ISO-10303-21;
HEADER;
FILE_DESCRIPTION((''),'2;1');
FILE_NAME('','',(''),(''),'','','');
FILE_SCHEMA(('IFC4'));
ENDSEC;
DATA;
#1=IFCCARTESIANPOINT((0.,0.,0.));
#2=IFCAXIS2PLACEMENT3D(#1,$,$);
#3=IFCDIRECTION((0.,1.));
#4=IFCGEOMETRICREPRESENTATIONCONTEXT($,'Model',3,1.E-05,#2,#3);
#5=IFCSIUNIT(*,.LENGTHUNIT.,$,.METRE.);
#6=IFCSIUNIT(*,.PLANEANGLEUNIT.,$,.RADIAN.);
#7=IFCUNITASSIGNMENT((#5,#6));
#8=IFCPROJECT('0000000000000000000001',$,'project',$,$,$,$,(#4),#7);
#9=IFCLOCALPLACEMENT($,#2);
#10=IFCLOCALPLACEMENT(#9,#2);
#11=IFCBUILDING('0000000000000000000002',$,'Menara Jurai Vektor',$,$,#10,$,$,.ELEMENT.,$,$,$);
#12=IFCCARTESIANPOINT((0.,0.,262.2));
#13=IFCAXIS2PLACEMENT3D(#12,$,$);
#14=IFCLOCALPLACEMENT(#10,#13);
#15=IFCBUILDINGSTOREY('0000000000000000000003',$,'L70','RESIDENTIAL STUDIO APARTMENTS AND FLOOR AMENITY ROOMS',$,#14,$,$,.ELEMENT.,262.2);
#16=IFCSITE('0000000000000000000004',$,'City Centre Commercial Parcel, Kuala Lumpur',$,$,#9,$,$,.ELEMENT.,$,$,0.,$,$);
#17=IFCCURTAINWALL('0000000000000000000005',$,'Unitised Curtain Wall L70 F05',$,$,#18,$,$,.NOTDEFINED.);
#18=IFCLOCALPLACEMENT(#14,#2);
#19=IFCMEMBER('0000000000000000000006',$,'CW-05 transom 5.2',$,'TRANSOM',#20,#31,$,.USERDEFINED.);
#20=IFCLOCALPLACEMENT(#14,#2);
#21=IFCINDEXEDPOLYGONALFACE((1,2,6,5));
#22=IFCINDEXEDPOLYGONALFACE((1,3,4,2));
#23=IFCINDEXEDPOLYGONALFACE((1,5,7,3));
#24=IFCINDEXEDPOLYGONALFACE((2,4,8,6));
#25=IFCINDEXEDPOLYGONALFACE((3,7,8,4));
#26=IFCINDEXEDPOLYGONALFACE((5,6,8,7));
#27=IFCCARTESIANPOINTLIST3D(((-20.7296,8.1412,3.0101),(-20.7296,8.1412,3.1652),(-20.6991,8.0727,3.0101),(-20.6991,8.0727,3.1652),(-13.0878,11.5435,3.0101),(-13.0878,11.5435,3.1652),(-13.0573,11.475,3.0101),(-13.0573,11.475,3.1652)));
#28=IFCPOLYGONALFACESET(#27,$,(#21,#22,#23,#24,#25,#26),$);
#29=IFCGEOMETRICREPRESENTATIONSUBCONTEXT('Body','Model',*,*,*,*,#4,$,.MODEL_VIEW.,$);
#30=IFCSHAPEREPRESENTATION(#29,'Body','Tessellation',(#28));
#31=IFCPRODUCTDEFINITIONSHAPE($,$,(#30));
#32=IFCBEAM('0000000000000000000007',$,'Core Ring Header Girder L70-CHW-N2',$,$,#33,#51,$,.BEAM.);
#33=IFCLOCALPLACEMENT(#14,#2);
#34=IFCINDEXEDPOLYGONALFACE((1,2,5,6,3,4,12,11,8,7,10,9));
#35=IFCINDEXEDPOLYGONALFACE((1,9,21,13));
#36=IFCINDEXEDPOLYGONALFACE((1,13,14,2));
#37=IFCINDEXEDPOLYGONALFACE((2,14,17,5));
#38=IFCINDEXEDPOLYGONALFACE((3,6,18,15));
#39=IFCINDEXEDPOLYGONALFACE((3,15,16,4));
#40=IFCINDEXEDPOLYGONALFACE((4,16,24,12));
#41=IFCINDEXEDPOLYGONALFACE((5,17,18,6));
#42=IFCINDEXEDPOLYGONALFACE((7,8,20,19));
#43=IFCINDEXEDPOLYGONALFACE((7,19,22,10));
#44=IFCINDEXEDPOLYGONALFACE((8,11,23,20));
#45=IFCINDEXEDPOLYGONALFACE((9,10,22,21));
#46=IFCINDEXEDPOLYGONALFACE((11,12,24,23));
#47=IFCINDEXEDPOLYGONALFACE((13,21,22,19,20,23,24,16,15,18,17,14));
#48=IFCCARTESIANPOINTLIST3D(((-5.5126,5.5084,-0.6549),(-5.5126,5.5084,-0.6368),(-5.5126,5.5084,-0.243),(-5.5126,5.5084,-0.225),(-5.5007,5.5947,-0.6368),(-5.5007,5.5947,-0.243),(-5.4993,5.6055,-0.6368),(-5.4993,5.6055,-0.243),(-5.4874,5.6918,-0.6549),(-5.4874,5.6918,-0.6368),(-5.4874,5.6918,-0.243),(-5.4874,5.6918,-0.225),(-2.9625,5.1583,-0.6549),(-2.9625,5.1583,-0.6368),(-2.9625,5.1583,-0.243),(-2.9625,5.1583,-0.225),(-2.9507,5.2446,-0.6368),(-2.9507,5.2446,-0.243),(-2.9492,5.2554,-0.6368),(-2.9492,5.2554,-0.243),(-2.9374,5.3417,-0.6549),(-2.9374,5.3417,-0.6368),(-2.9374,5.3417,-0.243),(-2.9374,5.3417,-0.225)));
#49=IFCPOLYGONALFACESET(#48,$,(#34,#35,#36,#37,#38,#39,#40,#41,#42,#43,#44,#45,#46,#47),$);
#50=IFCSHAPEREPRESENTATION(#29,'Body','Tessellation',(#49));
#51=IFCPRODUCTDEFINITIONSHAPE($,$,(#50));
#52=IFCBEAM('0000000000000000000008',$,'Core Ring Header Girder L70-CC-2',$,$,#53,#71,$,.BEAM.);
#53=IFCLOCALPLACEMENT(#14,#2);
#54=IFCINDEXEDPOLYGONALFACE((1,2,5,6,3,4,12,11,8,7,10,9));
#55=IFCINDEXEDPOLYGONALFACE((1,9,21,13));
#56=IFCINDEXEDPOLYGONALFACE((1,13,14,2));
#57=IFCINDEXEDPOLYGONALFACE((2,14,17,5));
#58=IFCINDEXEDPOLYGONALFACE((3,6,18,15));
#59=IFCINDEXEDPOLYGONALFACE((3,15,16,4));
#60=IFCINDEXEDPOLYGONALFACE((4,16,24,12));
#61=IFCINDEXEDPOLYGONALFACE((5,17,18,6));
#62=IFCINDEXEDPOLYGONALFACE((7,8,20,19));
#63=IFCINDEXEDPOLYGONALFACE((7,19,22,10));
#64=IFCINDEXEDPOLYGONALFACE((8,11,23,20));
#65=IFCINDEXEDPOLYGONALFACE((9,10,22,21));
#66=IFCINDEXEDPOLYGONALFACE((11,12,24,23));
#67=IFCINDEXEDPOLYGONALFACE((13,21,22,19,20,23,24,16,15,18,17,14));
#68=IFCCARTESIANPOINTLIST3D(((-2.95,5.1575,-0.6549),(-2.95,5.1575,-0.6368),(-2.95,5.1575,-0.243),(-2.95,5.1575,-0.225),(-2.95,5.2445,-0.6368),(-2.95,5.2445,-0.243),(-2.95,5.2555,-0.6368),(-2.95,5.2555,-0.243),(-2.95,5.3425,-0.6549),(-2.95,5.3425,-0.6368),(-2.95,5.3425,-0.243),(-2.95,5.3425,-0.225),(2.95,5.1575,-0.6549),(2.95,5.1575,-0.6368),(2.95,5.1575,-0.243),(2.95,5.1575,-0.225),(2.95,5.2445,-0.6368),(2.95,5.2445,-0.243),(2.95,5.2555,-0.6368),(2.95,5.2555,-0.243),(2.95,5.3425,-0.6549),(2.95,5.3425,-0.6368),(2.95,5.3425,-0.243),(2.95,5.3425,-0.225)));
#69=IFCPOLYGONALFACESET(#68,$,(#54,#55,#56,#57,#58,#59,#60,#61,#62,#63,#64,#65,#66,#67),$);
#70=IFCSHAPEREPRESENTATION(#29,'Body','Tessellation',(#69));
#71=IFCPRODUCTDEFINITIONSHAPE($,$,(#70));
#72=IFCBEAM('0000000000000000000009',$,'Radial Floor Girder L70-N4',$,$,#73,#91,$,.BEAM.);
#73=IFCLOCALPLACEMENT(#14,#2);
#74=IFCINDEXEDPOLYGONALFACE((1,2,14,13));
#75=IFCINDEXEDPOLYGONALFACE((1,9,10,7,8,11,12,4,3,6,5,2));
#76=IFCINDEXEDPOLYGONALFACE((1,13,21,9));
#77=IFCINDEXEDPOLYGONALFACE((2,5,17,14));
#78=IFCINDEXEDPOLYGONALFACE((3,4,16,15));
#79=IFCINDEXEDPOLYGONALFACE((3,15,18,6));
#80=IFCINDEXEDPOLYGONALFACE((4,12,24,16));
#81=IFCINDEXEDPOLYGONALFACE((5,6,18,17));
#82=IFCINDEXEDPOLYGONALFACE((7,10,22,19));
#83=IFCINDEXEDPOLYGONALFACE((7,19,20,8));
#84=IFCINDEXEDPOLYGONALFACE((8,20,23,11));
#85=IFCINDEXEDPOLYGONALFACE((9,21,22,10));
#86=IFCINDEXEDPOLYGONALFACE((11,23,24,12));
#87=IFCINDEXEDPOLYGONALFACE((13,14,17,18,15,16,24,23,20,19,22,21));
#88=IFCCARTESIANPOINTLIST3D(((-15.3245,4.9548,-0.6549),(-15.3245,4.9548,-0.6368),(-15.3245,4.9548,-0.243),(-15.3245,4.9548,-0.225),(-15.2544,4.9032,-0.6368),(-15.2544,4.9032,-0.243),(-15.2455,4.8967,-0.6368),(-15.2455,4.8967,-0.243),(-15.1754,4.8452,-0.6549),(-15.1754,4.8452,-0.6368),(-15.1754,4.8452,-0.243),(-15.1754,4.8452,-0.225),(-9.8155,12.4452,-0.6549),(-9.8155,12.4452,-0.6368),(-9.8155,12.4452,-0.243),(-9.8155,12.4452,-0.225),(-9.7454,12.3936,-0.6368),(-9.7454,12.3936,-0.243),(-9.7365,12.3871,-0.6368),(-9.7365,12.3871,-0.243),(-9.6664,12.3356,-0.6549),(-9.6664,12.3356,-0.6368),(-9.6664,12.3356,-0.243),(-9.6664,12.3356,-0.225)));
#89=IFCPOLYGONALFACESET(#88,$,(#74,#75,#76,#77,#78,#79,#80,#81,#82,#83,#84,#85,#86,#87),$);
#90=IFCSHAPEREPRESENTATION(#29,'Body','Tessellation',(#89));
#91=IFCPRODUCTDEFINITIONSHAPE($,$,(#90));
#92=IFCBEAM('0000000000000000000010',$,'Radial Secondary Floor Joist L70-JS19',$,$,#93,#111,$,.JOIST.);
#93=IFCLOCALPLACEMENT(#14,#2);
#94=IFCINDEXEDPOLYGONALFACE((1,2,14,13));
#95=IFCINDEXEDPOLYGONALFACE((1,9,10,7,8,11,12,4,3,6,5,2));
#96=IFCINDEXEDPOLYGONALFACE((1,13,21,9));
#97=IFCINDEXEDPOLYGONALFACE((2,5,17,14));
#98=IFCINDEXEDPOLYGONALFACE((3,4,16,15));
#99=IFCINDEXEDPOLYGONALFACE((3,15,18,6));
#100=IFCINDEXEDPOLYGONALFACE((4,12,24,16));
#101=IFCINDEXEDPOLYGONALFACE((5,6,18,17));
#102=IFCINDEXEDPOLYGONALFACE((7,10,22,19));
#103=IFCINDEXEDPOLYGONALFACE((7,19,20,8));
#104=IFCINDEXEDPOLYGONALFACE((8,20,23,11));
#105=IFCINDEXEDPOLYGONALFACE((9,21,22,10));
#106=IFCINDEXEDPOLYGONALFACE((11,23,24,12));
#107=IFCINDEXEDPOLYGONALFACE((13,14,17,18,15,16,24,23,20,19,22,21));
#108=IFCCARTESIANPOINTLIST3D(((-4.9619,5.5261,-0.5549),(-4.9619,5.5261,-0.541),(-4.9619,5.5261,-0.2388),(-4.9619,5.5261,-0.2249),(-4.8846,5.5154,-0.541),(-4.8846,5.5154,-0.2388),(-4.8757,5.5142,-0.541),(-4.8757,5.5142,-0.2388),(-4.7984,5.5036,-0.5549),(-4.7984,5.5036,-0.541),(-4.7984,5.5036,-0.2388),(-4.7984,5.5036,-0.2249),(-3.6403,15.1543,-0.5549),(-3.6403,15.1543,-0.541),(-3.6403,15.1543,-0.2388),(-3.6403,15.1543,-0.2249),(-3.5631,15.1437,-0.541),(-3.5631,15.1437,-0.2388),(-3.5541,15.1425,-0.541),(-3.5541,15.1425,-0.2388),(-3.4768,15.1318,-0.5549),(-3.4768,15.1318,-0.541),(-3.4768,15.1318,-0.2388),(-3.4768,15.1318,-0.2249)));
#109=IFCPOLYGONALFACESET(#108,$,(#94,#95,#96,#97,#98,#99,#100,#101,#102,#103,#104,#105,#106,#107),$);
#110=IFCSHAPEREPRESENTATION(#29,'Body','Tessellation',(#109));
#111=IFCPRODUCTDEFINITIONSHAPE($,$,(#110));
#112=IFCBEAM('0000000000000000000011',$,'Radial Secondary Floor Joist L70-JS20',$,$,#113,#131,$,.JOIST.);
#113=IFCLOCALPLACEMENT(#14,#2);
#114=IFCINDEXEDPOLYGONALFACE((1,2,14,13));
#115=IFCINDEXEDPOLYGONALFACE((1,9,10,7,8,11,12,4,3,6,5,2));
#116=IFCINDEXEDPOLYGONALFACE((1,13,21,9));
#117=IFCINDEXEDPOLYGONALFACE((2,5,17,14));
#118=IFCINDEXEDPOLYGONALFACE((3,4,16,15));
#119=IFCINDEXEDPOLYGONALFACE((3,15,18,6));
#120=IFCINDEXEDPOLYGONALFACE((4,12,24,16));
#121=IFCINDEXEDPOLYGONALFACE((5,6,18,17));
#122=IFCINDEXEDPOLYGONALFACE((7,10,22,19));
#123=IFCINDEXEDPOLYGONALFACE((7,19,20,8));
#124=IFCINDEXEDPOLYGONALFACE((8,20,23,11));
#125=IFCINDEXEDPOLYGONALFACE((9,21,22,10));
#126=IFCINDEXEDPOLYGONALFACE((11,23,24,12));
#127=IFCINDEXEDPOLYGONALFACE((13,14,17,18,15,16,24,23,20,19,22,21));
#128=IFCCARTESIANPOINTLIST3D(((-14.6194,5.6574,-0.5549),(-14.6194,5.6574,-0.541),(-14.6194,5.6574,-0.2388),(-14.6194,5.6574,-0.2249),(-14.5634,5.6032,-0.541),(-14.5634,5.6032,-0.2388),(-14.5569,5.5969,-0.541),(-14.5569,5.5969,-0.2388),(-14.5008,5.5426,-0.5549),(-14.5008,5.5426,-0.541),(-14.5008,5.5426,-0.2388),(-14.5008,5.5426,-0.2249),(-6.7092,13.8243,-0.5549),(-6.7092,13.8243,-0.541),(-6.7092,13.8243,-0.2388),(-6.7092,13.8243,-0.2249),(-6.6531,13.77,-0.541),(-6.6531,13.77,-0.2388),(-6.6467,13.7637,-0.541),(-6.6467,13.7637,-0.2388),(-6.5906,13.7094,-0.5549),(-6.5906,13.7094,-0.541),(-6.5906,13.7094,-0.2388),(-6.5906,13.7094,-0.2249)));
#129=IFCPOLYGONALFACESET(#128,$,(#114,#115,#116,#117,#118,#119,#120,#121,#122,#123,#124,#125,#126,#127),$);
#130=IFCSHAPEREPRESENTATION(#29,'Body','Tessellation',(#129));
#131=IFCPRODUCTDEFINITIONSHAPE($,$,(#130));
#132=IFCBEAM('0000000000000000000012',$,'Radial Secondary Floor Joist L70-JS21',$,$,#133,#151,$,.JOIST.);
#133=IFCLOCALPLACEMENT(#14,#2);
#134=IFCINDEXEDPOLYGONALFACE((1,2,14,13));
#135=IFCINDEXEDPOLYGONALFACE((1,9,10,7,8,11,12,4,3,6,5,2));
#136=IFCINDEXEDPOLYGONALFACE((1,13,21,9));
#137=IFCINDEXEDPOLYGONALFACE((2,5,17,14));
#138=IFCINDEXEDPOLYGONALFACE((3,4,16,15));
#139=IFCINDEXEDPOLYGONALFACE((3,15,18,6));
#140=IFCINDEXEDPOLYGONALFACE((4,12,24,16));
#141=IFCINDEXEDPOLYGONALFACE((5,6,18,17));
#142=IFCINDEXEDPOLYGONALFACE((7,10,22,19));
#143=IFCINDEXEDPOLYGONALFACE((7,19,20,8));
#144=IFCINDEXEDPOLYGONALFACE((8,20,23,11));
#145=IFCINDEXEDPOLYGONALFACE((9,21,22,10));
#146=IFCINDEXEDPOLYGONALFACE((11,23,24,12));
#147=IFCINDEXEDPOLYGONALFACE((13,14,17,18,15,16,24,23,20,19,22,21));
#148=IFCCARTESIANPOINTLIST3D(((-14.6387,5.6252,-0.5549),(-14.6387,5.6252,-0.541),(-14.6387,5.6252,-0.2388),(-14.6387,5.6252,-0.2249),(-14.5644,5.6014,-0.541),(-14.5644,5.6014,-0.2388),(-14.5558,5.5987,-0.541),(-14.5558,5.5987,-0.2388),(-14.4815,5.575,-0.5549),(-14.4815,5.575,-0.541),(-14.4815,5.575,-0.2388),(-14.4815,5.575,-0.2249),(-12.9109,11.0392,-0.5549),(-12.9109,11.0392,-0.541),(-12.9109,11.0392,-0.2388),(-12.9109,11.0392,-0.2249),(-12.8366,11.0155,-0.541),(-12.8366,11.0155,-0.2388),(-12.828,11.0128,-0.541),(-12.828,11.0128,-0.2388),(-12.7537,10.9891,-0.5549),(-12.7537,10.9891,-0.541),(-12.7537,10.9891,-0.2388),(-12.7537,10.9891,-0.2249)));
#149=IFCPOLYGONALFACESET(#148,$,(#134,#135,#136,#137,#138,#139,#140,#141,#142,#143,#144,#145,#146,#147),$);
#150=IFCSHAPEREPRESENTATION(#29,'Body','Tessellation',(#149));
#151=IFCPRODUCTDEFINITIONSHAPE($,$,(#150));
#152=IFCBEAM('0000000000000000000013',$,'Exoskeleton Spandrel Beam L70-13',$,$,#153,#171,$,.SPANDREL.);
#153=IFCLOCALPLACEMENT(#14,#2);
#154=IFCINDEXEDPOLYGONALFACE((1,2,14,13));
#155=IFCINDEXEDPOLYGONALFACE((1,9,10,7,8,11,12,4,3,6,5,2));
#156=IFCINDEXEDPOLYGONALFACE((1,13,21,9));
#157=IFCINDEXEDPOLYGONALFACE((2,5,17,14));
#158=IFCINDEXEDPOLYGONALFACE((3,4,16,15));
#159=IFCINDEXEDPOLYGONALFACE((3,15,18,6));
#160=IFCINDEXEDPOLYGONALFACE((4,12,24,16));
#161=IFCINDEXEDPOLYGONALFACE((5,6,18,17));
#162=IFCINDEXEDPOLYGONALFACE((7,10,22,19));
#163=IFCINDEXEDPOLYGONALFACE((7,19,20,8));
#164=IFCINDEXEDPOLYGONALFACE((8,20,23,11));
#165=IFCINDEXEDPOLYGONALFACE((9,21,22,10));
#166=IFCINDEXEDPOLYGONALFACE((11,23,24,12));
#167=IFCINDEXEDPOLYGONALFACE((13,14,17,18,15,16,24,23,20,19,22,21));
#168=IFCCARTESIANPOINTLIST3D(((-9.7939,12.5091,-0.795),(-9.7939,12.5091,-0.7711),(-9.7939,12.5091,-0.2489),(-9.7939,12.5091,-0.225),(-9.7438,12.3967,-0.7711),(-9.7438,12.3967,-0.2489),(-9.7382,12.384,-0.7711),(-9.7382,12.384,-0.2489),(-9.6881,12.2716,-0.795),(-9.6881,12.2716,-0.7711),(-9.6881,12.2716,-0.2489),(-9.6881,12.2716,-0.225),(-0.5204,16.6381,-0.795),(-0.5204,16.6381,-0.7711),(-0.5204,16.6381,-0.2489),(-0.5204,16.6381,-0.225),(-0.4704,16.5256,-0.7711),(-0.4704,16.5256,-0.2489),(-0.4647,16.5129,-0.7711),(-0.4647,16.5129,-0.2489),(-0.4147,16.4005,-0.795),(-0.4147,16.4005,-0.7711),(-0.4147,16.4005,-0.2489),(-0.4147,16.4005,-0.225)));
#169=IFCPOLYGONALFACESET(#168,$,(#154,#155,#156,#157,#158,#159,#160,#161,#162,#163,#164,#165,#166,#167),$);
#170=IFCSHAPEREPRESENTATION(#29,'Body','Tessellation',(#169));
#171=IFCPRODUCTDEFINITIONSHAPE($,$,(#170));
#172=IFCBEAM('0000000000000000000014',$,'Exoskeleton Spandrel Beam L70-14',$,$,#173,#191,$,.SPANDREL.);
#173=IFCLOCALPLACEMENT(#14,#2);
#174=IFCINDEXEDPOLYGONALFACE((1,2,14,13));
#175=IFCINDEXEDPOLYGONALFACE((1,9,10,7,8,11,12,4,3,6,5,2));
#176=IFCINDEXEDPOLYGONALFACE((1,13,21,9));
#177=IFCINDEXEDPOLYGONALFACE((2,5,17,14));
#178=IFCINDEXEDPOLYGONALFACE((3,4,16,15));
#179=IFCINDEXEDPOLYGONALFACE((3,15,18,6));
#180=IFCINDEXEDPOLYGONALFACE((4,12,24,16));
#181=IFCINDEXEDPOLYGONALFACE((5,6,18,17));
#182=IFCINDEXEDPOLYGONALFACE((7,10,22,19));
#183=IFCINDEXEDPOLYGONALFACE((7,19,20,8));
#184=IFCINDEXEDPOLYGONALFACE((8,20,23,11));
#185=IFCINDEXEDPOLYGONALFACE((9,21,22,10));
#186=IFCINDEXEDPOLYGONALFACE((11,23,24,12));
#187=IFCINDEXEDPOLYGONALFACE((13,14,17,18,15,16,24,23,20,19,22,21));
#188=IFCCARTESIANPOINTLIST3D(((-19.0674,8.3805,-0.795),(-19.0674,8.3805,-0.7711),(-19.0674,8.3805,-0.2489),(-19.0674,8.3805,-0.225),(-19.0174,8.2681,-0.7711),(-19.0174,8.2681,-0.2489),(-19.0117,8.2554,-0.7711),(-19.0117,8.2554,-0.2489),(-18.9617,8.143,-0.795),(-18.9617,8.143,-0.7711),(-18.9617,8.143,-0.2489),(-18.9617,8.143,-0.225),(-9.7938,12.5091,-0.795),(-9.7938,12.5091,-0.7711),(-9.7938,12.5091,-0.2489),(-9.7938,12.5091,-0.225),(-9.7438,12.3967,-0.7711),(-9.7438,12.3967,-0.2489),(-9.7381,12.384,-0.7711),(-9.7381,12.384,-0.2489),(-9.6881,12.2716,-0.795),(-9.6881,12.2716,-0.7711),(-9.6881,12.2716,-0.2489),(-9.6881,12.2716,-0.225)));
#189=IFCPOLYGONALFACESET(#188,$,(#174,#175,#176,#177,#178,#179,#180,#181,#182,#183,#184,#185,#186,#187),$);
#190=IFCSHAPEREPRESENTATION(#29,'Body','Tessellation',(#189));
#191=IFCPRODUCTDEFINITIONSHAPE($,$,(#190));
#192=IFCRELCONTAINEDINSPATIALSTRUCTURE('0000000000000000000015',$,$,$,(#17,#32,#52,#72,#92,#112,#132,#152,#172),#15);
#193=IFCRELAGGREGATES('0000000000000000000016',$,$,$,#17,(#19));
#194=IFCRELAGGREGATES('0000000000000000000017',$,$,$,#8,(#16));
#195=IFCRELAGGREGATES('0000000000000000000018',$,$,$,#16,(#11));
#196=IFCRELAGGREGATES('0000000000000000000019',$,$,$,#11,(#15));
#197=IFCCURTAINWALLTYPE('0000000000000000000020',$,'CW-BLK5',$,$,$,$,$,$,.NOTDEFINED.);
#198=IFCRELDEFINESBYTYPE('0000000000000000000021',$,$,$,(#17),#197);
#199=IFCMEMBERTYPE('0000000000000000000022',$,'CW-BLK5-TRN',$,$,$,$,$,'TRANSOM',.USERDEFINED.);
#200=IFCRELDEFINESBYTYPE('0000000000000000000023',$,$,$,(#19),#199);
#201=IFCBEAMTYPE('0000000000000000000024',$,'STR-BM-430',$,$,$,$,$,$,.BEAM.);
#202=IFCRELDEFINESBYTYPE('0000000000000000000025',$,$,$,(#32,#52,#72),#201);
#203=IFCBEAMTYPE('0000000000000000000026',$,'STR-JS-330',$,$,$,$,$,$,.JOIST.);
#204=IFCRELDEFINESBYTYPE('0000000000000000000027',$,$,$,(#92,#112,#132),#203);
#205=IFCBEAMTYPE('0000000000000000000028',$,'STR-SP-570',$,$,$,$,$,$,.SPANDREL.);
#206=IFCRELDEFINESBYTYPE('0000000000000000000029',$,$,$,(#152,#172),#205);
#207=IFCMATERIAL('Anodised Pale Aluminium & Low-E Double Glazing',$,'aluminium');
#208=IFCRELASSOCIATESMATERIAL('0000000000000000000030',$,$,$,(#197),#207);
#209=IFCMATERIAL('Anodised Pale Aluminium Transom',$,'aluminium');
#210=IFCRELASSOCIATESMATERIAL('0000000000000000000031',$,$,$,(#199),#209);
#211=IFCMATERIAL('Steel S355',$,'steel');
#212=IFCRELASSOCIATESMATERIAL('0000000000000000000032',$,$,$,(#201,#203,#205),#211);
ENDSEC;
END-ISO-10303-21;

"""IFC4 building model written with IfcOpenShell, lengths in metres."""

from ifc_helpers import new_model, si_unit, direction, frame, origin, origin_2d, place, context, subcontext, project, spatial, rectangle, i_section, extrude, material, material_profile, profile_set, type_object, element, aggregate, save


model = new_model("IFC4")

# Units and contexts
model_context = context("Model", 3, precision=1e-05, world=origin(), true_north=direction((0.0, 1.0)))
body_context = subcontext(model_context, "Body", "Model", "MODEL_VIEW")
ifc_project = project(units=[si_unit("LENGTHUNIT", "METRE"), si_unit("PLANEANGLEUNIT", "RADIAN")], contexts=[model_context])

# Site, building, storey
site_placement = place(None, origin())
site = spatial("IfcSite", under=ifc_project, at=site_placement, Name="City Centre Commercial Parcel, Kuala Lumpur", CompositionType="ELEMENT", RefElevation=0.0)
building_placement = place(site_placement, origin())
building = spatial("IfcBuilding", under=site, at=building_placement, Name="Menara Jurai Vektor", CompositionType="ELEMENT")
storey_placement = place(building_placement, frame((0.0, 0.0, 262.2)))
storey = spatial("IfcBuildingStorey", under=building, at=storey_placement, Name="L70", Description="RESIDENTIAL STUDIO APARTMENTS AND FLOOR AMENITY ROOMS", CompositionType="ELEMENT", Elevation=262.2)

# Shared definitions
ifc_material_1 = material(Name="Steel S355", Category="steel")

# Curtain wall, member
ifc_material_2 = material(Name="Anodised Pale Aluminium & Low-E Double Glazing", Category="aluminium")
curtain_wall_type = type_object("IfcCurtainWallType", Name="CW-BLK5", PredefinedType="NOTDEFINED", material=ifc_material_2)
curtain_wall_placement = place(storey_placement, origin())
curtain_wall = element("IfcCurtainWall", 1, at=curtain_wall_placement, inside=storey, type_object=curtain_wall_type, Name="Unitised Curtain Wall L70 F05", PredefinedType="NOTDEFINED")
ifc_material_3 = material(Name="Anodised Pale Aluminium Transom", Category="aluminium")
ifc_material_profile_1 = material_profile(ifc_material_3, rectangle(XDim=0.075, YDim=0.155, at=origin_2d()), Name="ALU TRN 75x155")
ifc_profile_set_1 = profile_set([ifc_material_profile_1], Name="Anodised Pale Aluminium Transom")
member_type_1 = type_object("IfcMemberType", Name="CW-BLK5-TRN", ElementType="TRANSOM", PredefinedType="USERDEFINED", material=ifc_profile_set_1)
member_1_placement = place(storey_placement, frame((-13.0725, 11.5093, 3.0876), z_axis=(-0.913547, -0.406734, 0.0), x_axis=(0.406734, -0.913547, 0.0)))
member_1 = element("IfcMember", 2, at=member_1_placement, type_object=member_type_1, Name="CW-05 transom 5.2", ObjectType="TRANSOM", PredefinedType="USERDEFINED", context=body_context, shape_type="SweptSolid", body=[
    extrude(rectangle(XDim=0.075, YDim=0.155, at=origin_2d()), origin(), (0.0, 0.0, 1.0), 8.365),
])

# Beams
ifc_material_profile_2 = material_profile(ifc_material_1, i_section(OverallWidth=0.1851, OverallDepth=0.4299, WebThickness=0.011, FlangeThickness=0.0181, at=origin_2d()), Name="PG 430x185x76")
ifc_profile_set_2 = profile_set([ifc_material_profile_2], Name="Steel S355")
beam_type_1 = type_object("IfcBeamType", Name="STR-BM-430", PredefinedType="BEAM", material=ifc_profile_set_2)
beam_1_placement = place(storey_placement, frame((-5.5, 5.6001, -0.4399), z_axis=(0.990707, -0.136015, 0.0), x_axis=(0.136015, 0.990707, 0.0)))
element("IfcBeam", 3, at=beam_1_placement, inside=storey, type_object=beam_type_1, Name="Core Ring Header Girder L70-CHW-N2", PredefinedType="BEAM", context=body_context, shape_type="SweptSolid", body=[
    extrude(i_section(OverallWidth=0.1851, OverallDepth=0.4299, WebThickness=0.011, FlangeThickness=0.0181, at=origin_2d()), origin(), (0.0, 0.0, 1.0), 2.574),
])
beam_2_placement = place(storey_placement, frame((-2.95, 5.25, -0.4399), z_axis=(1.0, 0.0, 0.0), x_axis=(0.0, 1.0, 0.0)))
element("IfcBeam", 4, at=beam_2_placement, inside=storey, type_object=beam_type_1, Name="Core Ring Header Girder L70-CC-2", PredefinedType="BEAM", context=body_context, shape_type="SweptSolid", body=[
    extrude(i_section(OverallWidth=0.1851, OverallDepth=0.4299, WebThickness=0.011, FlangeThickness=0.0181, at=origin_2d()), origin(), (0.0, 0.0, 1.0), 5.8999),
])
beam_3_placement = place(storey_placement, frame((-9.741, 12.3904, -0.4399), z_axis=(-0.592483, -0.805583, 0.0), x_axis=(0.805583, -0.592483, 0.0)))
element("IfcBeam", 5, at=beam_3_placement, inside=storey, type_object=beam_type_1, Name="Radial Floor Girder L70-N4", PredefinedType="BEAM", context=body_context, shape_type="SweptSolid", body=[
    extrude(i_section(OverallWidth=0.1851, OverallDepth=0.4299, WebThickness=0.011, FlangeThickness=0.0181, at=origin_2d()), origin(), (0.0, 0.0, 1.0), 9.2981),
])
ifc_material_profile_3 = material_profile(ifc_material_1, i_section(OverallWidth=0.165, OverallDepth=0.3301, WebThickness=0.009, FlangeThickness=0.0139, at=origin_2d()), Name="PG 330x165x46")
ifc_profile_set_3 = profile_set([ifc_material_profile_3], Name="Steel S355")
beam_type_2 = type_object("IfcBeamType", Name="STR-JS-330", PredefinedType="JOIST", material=ifc_profile_set_3)
beam_4_placement = place(storey_placement, frame((-3.5586, 15.1431, -0.3899), z_axis=(-0.135982, -0.990711, 0.0), x_axis=(0.990711, -0.135982, 0.0)))
element("IfcBeam", 6, at=beam_4_placement, inside=storey, type_object=beam_type_2, Name="Radial Secondary Floor Joist L70-JS19", PredefinedType="JOIST", context=body_context, shape_type="SweptSolid", body=[
    extrude(i_section(OverallWidth=0.165, OverallDepth=0.3301, WebThickness=0.009, FlangeThickness=0.0139, at=origin_2d()), origin(), (0.0, 0.0, 1.0), 9.7185),
])
beam_5_placement = place(storey_placement, frame((-6.6499, 13.7668, -0.3899), z_axis=(-0.695733, -0.718301, 0.0), x_axis=(0.718301, -0.695733, 0.0)))
element("IfcBeam", 7, at=beam_5_placement, inside=storey, type_object=beam_type_2, Name="Radial Secondary Floor Joist L70-JS20", PredefinedType="JOIST", context=body_context, shape_type="SweptSolid", body=[
    extrude(i_section(OverallWidth=0.165, OverallDepth=0.3301, WebThickness=0.009, FlangeThickness=0.0139, at=origin_2d()), origin(), (0.0, 0.0, 1.0), 11.3696),
])
beam_6_placement = place(storey_placement, frame((-12.8323, 11.0142, -0.3899), z_axis=(-0.304023, -0.952665, 0.0), x_axis=(0.952665, -0.304023, 0.0)))
element("IfcBeam", 8, at=beam_6_placement, inside=storey, type_object=beam_type_2, Name="Radial Secondary Floor Joist L70-JS21", PredefinedType="JOIST", context=body_context, shape_type="SweptSolid", body=[
    extrude(i_section(OverallWidth=0.165, OverallDepth=0.3301, WebThickness=0.009, FlangeThickness=0.0139, at=origin_2d()), origin(), (0.0, 0.0, 1.0), 5.6831),
])
ifc_material_profile_4 = material_profile(ifc_material_1, i_section(OverallWidth=0.26, OverallDepth=0.5701, WebThickness=0.0139, FlangeThickness=0.0239, at=origin_2d()), Name="PG 570x260x145")
ifc_profile_set_4 = profile_set([ifc_material_profile_4], Name="Steel S355")
beam_type_3 = type_object("IfcBeamType", Name="STR-SP-570", PredefinedType="SPANDREL", material=ifc_profile_set_4)
for number, where, z_axis, x_axis, name in (
    (9, (-0.4675, 16.5193, -0.51), (-0.913542, -0.406745, 0.0), (0.406745, -0.913542, 0.0), "Exoskeleton Spandrel Beam L70-13"),
    (10, (-9.741, 12.3904, -0.51), (-0.913554, -0.406716, 0.0), (0.406716, -0.913554, 0.0), "Exoskeleton Spandrel Beam L70-14"),
):
    element("IfcBeam", number, at=place(storey_placement, frame(where, z_axis=z_axis, x_axis=x_axis)), inside=storey, type_object=beam_type_3, Name=name, PredefinedType="SPANDREL", context=body_context, shape_type="SweptSolid", body=[
        extrude(i_section(OverallWidth=0.26, OverallDepth=0.5701, WebThickness=0.0139, FlangeThickness=0.0239, at=origin_2d()), origin(), (0.0, 0.0, 1.0), 10.1511),
    ])

aggregate(curtain_wall, [member_1])

save(model, "model.ifc")
